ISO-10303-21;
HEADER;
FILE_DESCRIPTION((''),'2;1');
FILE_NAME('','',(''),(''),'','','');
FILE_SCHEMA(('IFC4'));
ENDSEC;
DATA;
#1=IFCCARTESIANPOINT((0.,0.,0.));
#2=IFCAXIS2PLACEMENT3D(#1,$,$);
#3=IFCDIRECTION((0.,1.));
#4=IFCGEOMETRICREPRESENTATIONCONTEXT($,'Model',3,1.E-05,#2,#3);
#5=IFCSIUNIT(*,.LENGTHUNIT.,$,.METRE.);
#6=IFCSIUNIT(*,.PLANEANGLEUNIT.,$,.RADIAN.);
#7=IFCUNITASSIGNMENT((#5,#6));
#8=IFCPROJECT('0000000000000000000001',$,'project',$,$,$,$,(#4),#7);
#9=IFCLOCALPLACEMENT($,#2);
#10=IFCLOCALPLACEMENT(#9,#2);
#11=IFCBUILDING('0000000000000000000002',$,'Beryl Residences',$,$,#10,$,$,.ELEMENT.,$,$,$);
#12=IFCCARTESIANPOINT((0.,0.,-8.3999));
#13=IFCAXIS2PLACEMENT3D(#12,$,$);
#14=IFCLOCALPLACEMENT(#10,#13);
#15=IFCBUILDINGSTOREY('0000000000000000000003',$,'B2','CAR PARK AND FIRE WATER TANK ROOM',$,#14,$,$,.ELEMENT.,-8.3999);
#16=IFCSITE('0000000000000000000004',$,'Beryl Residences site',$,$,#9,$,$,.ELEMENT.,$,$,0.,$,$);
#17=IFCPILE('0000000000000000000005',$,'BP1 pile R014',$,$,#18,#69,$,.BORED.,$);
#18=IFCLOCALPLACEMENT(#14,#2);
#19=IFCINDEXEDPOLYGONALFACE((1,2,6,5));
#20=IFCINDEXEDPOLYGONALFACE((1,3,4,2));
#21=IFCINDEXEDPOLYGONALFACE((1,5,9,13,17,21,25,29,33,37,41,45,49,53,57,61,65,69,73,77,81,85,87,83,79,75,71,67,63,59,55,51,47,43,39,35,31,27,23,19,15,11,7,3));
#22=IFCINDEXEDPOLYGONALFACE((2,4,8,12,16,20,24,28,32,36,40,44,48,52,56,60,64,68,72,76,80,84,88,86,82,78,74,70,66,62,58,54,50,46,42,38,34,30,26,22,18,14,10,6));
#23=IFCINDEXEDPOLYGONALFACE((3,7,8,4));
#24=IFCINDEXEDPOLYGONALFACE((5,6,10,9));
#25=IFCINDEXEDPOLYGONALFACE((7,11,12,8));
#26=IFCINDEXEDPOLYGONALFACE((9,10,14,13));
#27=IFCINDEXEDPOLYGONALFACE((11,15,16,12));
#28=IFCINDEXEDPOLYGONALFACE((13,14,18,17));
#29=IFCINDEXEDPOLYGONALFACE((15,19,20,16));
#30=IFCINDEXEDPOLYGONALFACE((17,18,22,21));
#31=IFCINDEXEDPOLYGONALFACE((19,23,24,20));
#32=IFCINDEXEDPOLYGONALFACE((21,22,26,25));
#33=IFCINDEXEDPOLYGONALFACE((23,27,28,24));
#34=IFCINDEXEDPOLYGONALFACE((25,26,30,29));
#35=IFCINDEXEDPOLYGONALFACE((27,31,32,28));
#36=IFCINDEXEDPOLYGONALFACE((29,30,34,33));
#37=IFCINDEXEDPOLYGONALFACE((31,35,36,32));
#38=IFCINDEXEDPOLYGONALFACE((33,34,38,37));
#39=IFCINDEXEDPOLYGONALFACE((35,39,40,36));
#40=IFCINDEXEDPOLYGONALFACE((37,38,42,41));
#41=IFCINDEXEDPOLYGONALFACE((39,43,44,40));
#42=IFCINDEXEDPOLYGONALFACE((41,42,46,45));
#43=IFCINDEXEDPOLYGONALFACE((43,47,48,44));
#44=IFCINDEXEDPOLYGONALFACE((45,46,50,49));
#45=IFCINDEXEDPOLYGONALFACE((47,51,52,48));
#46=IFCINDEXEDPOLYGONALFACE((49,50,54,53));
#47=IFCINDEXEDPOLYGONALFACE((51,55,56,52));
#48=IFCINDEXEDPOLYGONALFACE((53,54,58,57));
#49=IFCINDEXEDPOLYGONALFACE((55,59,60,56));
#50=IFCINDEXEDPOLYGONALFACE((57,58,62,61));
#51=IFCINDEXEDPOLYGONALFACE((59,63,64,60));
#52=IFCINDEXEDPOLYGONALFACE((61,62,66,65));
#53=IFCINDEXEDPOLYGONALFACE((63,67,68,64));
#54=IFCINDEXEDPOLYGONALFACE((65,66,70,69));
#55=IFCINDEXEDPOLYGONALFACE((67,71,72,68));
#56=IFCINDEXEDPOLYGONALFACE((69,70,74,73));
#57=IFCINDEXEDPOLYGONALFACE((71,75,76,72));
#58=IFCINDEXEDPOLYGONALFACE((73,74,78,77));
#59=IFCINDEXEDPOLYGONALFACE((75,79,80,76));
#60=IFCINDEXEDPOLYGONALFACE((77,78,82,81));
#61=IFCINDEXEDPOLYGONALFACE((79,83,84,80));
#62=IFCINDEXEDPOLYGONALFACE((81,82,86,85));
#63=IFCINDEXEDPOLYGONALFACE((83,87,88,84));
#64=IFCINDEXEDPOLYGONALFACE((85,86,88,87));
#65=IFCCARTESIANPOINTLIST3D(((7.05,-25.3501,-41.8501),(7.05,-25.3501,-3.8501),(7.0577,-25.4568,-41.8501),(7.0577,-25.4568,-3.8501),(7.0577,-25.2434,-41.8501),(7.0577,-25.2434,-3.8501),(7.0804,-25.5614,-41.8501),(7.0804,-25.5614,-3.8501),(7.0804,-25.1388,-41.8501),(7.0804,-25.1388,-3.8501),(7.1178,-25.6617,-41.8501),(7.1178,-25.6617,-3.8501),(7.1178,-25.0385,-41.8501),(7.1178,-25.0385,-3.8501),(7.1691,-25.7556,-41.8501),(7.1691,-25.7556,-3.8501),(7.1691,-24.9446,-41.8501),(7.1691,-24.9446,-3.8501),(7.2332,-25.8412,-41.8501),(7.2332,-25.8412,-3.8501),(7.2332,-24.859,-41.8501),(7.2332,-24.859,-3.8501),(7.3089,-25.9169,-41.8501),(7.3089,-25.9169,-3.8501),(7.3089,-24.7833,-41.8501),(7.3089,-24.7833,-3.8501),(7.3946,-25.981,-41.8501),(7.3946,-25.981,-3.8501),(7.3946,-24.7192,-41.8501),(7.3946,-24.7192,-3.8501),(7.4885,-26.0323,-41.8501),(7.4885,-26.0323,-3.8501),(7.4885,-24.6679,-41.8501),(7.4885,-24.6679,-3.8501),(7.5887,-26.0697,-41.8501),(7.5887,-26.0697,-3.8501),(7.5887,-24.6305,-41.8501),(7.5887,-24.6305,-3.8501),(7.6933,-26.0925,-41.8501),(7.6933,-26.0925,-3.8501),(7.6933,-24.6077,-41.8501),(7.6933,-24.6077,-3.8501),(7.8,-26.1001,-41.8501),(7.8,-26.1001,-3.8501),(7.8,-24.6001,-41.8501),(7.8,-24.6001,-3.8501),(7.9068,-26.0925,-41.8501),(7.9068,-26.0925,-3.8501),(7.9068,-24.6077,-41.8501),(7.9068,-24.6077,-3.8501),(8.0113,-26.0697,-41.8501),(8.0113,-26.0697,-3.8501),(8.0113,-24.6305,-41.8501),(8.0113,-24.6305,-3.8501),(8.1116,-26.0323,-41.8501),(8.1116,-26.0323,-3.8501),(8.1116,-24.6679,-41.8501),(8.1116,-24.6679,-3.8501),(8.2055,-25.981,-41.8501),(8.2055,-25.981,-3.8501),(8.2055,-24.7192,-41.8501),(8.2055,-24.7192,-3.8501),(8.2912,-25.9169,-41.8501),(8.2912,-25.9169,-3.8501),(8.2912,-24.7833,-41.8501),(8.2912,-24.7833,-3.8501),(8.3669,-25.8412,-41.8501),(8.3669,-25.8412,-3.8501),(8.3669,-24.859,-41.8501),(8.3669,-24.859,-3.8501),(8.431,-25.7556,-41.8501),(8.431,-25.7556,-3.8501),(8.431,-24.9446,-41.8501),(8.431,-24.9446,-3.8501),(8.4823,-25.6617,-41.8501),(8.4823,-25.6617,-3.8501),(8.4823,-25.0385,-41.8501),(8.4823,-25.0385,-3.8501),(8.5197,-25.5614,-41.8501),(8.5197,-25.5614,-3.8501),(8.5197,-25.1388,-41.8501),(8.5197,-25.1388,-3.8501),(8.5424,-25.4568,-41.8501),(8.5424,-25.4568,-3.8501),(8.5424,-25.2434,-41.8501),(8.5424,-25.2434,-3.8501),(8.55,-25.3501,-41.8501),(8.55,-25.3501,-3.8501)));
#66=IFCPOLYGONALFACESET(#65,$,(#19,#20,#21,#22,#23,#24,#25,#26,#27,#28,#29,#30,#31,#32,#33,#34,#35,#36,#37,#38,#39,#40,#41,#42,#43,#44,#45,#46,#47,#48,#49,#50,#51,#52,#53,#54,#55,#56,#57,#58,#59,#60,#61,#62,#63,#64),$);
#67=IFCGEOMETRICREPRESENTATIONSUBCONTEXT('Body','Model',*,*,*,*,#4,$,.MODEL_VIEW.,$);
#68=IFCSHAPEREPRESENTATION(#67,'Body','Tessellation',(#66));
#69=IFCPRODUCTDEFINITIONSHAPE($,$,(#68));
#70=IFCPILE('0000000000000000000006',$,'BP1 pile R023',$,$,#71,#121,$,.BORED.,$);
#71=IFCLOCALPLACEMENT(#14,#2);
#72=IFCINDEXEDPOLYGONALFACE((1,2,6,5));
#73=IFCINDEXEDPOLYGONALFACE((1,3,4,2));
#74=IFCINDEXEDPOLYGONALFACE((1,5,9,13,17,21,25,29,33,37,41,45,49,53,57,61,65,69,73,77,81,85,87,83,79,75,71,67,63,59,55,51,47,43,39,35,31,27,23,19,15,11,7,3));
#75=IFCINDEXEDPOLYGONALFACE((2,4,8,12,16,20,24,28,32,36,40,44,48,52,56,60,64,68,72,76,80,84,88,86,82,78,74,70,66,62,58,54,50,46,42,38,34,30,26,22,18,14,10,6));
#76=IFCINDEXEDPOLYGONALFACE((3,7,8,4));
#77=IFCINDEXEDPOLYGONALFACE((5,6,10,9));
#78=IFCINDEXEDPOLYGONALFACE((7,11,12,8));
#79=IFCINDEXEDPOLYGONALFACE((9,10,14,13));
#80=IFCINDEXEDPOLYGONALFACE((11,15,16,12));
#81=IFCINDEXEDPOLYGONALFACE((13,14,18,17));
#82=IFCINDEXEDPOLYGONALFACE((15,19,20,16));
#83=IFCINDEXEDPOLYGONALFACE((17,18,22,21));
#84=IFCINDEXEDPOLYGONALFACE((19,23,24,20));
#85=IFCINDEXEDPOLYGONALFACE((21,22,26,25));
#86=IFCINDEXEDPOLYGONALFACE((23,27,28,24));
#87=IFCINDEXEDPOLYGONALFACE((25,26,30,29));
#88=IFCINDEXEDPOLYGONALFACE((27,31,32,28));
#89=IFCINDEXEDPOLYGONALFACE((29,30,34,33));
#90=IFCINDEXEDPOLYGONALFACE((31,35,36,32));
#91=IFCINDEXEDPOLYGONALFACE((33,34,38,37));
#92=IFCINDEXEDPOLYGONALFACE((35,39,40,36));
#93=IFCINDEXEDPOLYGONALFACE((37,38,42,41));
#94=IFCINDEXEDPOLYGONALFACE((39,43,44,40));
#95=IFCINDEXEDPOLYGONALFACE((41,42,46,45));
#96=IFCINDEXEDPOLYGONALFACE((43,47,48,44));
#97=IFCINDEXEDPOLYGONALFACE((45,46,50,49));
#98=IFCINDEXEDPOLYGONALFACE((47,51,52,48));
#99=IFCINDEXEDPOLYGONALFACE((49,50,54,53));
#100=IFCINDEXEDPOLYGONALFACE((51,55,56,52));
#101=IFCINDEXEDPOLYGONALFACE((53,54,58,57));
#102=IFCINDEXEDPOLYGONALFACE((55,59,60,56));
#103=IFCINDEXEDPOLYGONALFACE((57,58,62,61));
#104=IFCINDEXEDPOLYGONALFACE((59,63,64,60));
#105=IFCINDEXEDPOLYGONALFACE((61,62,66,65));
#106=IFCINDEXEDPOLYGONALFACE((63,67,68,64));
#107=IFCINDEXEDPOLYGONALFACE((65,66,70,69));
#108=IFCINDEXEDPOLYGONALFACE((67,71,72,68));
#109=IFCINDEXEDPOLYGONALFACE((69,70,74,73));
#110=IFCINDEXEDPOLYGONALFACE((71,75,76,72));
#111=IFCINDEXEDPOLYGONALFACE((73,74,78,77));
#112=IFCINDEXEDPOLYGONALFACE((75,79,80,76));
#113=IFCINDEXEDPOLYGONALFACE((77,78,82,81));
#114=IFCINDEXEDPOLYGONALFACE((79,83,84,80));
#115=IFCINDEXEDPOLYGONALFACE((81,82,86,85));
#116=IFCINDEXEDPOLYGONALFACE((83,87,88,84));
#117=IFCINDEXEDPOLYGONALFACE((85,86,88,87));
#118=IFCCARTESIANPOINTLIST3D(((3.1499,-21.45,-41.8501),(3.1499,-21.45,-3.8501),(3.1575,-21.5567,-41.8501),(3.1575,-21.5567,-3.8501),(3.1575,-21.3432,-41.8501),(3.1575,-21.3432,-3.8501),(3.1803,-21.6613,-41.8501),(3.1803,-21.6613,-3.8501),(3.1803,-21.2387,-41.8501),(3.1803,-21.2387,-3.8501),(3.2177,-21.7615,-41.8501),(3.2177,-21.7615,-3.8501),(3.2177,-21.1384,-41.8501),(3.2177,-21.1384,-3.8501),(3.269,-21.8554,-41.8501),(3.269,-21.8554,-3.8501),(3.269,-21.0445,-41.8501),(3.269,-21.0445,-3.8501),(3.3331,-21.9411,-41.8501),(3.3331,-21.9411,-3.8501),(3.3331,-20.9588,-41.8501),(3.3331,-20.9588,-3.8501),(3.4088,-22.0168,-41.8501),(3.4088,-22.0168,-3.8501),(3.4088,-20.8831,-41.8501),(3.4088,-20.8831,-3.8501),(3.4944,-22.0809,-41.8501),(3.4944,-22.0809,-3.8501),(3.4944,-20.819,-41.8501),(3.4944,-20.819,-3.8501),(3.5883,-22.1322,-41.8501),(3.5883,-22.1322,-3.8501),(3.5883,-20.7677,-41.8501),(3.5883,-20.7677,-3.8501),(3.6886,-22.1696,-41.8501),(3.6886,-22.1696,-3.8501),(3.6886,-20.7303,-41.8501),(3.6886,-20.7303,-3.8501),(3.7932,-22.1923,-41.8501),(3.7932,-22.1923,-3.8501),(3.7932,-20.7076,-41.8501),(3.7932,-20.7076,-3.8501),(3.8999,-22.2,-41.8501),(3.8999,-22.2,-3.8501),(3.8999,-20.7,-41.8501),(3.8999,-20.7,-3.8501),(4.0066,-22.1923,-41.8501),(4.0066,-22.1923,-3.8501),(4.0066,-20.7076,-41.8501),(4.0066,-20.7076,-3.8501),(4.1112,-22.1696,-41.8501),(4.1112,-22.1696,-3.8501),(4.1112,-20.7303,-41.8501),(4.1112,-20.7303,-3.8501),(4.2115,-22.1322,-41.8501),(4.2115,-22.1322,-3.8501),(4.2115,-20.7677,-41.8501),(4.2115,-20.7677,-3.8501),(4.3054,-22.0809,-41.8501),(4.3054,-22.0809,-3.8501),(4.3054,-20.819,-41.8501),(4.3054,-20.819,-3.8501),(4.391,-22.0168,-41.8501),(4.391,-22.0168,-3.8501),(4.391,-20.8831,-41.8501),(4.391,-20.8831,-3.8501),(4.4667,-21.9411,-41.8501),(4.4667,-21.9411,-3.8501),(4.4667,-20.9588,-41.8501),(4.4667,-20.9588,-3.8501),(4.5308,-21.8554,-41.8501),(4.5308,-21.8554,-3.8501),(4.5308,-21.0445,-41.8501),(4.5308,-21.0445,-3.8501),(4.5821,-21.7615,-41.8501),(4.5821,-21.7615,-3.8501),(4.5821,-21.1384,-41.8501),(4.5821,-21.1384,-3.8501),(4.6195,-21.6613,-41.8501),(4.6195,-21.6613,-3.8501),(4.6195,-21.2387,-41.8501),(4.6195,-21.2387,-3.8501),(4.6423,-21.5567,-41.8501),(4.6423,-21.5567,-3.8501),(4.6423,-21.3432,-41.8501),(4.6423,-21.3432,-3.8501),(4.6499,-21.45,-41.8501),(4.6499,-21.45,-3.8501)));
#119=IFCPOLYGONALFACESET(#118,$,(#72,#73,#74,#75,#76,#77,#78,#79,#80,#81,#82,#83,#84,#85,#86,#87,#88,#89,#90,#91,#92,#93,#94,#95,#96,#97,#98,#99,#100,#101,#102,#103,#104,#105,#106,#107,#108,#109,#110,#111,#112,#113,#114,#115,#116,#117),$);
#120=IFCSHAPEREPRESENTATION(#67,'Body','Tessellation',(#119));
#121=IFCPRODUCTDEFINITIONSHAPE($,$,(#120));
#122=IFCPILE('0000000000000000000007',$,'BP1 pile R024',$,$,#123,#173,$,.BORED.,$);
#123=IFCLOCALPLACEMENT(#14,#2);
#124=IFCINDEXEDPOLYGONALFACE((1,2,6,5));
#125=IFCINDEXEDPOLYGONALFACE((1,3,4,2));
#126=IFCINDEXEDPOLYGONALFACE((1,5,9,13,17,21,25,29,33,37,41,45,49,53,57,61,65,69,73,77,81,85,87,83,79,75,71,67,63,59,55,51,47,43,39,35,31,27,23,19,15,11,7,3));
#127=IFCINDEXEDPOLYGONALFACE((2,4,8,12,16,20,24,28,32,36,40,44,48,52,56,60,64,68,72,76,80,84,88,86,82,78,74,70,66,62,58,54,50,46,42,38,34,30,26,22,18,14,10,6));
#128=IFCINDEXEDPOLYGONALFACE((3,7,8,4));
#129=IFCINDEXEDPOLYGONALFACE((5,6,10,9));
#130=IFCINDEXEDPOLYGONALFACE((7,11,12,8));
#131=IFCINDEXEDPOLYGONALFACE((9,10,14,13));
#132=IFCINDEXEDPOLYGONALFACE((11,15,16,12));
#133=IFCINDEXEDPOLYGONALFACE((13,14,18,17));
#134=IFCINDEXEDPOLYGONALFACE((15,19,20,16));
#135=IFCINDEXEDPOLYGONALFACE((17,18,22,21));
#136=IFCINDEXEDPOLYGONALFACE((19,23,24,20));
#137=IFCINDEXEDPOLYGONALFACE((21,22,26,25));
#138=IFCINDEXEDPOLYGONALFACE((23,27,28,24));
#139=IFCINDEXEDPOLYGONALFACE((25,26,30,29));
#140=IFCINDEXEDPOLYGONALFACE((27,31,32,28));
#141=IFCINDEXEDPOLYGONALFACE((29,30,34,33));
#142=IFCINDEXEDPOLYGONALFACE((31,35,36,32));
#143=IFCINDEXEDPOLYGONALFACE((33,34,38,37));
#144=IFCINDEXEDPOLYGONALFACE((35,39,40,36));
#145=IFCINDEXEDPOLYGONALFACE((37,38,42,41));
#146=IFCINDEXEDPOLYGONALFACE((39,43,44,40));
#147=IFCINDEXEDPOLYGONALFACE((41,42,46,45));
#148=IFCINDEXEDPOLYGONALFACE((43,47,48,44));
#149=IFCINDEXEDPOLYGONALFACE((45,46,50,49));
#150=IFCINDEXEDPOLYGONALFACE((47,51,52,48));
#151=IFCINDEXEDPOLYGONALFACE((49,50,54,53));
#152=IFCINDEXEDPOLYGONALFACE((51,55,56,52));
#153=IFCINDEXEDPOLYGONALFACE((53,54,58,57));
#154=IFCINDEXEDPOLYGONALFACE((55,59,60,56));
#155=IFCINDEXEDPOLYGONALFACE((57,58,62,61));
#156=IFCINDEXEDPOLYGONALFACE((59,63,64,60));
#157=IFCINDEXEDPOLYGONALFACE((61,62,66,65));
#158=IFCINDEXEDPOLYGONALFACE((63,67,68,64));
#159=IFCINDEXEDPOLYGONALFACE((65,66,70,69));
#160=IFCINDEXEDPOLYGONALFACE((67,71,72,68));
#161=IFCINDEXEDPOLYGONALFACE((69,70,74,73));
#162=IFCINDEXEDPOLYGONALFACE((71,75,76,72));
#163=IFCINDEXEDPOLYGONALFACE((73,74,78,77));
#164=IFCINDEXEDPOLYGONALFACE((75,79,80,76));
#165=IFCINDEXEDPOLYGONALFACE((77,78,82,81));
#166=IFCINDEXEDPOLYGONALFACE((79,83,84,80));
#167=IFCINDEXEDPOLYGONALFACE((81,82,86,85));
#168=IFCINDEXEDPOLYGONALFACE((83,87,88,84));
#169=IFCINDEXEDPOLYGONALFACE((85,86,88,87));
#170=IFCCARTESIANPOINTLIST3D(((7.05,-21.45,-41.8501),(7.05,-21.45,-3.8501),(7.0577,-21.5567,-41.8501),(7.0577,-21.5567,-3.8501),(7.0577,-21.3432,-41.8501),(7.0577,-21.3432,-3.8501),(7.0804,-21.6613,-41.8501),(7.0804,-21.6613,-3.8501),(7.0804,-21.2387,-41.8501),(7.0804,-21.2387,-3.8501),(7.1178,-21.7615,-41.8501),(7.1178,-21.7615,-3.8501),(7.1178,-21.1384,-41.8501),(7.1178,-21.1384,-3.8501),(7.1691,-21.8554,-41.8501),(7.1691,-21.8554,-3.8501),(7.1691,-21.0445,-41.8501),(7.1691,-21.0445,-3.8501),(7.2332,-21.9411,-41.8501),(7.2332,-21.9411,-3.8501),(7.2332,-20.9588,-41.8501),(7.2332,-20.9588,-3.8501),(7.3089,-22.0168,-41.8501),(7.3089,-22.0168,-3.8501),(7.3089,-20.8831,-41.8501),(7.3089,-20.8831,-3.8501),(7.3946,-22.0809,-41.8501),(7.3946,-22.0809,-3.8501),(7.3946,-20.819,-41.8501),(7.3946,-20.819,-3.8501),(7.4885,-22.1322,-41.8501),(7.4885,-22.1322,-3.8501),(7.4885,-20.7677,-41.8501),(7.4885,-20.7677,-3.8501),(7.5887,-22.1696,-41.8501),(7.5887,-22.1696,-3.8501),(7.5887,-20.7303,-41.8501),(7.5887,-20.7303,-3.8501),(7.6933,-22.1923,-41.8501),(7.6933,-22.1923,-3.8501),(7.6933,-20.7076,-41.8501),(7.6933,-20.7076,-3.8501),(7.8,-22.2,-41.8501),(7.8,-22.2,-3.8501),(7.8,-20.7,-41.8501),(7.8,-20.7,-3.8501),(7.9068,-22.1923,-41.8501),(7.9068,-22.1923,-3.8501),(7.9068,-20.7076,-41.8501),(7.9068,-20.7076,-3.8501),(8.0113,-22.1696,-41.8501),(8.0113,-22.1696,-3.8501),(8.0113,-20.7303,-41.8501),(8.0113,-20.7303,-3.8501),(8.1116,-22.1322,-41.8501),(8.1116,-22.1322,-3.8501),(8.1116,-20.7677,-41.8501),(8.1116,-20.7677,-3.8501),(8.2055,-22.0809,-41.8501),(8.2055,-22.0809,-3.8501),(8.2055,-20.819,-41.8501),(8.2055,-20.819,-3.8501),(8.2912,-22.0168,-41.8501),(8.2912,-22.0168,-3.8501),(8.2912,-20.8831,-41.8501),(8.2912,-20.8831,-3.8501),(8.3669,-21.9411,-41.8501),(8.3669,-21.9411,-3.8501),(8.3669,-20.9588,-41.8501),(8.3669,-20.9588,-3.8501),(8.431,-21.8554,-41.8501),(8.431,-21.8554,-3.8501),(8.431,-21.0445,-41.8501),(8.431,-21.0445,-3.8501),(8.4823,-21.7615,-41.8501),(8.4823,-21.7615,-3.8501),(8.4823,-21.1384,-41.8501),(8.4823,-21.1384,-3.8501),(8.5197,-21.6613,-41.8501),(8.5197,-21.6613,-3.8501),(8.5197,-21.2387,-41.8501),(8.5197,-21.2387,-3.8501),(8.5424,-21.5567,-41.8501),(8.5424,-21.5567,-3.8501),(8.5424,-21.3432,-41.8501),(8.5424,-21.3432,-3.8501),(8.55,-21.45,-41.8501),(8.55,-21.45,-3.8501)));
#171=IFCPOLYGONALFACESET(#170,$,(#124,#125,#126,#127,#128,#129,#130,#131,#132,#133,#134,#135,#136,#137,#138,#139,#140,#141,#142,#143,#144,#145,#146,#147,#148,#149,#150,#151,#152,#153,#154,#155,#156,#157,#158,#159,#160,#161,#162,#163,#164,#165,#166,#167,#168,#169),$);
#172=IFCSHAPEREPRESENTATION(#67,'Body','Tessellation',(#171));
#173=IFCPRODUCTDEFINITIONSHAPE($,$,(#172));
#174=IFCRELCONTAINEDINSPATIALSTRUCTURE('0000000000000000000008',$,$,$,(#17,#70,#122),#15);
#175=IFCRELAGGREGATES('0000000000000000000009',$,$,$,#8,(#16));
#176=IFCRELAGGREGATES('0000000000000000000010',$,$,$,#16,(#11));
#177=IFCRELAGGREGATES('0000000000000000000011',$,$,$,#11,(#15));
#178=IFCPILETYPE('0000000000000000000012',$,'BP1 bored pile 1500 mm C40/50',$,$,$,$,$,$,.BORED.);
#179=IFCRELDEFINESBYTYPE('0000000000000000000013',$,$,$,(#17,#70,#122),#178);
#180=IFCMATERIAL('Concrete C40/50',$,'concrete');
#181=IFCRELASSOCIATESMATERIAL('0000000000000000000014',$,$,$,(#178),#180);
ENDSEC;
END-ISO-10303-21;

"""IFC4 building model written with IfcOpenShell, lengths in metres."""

from ifc_helpers import new_model, si_unit, direction, frame, origin, origin_2d, place, context, subcontext, project, spatial, circle, extrude, material, material_profile, profile_set, type_object, element, save


model = new_model("IFC4")

# Units and contexts
model_context = context("Model", 3, precision=1e-05, world=origin(), true_north=direction((0.0, 1.0)))
body_context = subcontext(model_context, "Body", "Model", "MODEL_VIEW")
ifc_project = project(units=[si_unit("LENGTHUNIT", "METRE"), si_unit("PLANEANGLEUNIT", "RADIAN")], contexts=[model_context])

# Site, building, storey
site_placement = place(None, origin())
site = spatial("IfcSite", under=ifc_project, at=site_placement, Name="Beryl Residences site", CompositionType="ELEMENT", RefElevation=0.0)
building_placement = place(site_placement, origin())
building = spatial("IfcBuilding", under=site, at=building_placement, Name="Beryl Residences", CompositionType="ELEMENT")
storey_placement = place(building_placement, frame((0.0, 0.0, -8.3999)))
storey = spatial("IfcBuildingStorey", under=building, at=storey_placement, Name="B2", Description="CAR PARK AND FIRE WATER TANK ROOM", CompositionType="ELEMENT", Elevation=-8.3999)

# Piles
ifc_material_1 = material(Name="Concrete C40/50", Category="concrete")
ifc_material_profile_1 = material_profile(ifc_material_1, circle(Radius=0.75, at=origin_2d()))
ifc_profile_set_1 = profile_set([ifc_material_profile_1], Name="Concrete C40/50")
pile_type = type_object("IfcPileType", Name="BP1 bored pile 1500 mm C40/50", PredefinedType="BORED", material=ifc_profile_set_1)
for number, where, z_axis, x_axis, name in (
    (1, (7.8, -25.3501, -3.8501), (0.0, 0.0, -1.0), (1.0, 0.0, 0.0), "BP1 pile R014"),
    (2, (3.8999, -21.45, -3.8501), (0.0, 0.0, -1.0), (1.0, 0.0, 0.0), "BP1 pile R023"),
    (3, (7.8, -21.45, -3.8501), (0.0, 0.0, -1.0), (1.0, 0.0, 0.0), "BP1 pile R024"),
):
    element("IfcPile", number, at=place(storey_placement, frame(where, z_axis=z_axis, x_axis=x_axis)), inside=storey, type_object=pile_type, Name=name, PredefinedType="BORED", context=body_context, shape_type="SweptSolid", body=[
        extrude(circle(Radius=0.75, at=origin_2d()), origin(), (0.0, 0.0, 1.0), 38.0),
    ])

save(model, "model.ifc")
